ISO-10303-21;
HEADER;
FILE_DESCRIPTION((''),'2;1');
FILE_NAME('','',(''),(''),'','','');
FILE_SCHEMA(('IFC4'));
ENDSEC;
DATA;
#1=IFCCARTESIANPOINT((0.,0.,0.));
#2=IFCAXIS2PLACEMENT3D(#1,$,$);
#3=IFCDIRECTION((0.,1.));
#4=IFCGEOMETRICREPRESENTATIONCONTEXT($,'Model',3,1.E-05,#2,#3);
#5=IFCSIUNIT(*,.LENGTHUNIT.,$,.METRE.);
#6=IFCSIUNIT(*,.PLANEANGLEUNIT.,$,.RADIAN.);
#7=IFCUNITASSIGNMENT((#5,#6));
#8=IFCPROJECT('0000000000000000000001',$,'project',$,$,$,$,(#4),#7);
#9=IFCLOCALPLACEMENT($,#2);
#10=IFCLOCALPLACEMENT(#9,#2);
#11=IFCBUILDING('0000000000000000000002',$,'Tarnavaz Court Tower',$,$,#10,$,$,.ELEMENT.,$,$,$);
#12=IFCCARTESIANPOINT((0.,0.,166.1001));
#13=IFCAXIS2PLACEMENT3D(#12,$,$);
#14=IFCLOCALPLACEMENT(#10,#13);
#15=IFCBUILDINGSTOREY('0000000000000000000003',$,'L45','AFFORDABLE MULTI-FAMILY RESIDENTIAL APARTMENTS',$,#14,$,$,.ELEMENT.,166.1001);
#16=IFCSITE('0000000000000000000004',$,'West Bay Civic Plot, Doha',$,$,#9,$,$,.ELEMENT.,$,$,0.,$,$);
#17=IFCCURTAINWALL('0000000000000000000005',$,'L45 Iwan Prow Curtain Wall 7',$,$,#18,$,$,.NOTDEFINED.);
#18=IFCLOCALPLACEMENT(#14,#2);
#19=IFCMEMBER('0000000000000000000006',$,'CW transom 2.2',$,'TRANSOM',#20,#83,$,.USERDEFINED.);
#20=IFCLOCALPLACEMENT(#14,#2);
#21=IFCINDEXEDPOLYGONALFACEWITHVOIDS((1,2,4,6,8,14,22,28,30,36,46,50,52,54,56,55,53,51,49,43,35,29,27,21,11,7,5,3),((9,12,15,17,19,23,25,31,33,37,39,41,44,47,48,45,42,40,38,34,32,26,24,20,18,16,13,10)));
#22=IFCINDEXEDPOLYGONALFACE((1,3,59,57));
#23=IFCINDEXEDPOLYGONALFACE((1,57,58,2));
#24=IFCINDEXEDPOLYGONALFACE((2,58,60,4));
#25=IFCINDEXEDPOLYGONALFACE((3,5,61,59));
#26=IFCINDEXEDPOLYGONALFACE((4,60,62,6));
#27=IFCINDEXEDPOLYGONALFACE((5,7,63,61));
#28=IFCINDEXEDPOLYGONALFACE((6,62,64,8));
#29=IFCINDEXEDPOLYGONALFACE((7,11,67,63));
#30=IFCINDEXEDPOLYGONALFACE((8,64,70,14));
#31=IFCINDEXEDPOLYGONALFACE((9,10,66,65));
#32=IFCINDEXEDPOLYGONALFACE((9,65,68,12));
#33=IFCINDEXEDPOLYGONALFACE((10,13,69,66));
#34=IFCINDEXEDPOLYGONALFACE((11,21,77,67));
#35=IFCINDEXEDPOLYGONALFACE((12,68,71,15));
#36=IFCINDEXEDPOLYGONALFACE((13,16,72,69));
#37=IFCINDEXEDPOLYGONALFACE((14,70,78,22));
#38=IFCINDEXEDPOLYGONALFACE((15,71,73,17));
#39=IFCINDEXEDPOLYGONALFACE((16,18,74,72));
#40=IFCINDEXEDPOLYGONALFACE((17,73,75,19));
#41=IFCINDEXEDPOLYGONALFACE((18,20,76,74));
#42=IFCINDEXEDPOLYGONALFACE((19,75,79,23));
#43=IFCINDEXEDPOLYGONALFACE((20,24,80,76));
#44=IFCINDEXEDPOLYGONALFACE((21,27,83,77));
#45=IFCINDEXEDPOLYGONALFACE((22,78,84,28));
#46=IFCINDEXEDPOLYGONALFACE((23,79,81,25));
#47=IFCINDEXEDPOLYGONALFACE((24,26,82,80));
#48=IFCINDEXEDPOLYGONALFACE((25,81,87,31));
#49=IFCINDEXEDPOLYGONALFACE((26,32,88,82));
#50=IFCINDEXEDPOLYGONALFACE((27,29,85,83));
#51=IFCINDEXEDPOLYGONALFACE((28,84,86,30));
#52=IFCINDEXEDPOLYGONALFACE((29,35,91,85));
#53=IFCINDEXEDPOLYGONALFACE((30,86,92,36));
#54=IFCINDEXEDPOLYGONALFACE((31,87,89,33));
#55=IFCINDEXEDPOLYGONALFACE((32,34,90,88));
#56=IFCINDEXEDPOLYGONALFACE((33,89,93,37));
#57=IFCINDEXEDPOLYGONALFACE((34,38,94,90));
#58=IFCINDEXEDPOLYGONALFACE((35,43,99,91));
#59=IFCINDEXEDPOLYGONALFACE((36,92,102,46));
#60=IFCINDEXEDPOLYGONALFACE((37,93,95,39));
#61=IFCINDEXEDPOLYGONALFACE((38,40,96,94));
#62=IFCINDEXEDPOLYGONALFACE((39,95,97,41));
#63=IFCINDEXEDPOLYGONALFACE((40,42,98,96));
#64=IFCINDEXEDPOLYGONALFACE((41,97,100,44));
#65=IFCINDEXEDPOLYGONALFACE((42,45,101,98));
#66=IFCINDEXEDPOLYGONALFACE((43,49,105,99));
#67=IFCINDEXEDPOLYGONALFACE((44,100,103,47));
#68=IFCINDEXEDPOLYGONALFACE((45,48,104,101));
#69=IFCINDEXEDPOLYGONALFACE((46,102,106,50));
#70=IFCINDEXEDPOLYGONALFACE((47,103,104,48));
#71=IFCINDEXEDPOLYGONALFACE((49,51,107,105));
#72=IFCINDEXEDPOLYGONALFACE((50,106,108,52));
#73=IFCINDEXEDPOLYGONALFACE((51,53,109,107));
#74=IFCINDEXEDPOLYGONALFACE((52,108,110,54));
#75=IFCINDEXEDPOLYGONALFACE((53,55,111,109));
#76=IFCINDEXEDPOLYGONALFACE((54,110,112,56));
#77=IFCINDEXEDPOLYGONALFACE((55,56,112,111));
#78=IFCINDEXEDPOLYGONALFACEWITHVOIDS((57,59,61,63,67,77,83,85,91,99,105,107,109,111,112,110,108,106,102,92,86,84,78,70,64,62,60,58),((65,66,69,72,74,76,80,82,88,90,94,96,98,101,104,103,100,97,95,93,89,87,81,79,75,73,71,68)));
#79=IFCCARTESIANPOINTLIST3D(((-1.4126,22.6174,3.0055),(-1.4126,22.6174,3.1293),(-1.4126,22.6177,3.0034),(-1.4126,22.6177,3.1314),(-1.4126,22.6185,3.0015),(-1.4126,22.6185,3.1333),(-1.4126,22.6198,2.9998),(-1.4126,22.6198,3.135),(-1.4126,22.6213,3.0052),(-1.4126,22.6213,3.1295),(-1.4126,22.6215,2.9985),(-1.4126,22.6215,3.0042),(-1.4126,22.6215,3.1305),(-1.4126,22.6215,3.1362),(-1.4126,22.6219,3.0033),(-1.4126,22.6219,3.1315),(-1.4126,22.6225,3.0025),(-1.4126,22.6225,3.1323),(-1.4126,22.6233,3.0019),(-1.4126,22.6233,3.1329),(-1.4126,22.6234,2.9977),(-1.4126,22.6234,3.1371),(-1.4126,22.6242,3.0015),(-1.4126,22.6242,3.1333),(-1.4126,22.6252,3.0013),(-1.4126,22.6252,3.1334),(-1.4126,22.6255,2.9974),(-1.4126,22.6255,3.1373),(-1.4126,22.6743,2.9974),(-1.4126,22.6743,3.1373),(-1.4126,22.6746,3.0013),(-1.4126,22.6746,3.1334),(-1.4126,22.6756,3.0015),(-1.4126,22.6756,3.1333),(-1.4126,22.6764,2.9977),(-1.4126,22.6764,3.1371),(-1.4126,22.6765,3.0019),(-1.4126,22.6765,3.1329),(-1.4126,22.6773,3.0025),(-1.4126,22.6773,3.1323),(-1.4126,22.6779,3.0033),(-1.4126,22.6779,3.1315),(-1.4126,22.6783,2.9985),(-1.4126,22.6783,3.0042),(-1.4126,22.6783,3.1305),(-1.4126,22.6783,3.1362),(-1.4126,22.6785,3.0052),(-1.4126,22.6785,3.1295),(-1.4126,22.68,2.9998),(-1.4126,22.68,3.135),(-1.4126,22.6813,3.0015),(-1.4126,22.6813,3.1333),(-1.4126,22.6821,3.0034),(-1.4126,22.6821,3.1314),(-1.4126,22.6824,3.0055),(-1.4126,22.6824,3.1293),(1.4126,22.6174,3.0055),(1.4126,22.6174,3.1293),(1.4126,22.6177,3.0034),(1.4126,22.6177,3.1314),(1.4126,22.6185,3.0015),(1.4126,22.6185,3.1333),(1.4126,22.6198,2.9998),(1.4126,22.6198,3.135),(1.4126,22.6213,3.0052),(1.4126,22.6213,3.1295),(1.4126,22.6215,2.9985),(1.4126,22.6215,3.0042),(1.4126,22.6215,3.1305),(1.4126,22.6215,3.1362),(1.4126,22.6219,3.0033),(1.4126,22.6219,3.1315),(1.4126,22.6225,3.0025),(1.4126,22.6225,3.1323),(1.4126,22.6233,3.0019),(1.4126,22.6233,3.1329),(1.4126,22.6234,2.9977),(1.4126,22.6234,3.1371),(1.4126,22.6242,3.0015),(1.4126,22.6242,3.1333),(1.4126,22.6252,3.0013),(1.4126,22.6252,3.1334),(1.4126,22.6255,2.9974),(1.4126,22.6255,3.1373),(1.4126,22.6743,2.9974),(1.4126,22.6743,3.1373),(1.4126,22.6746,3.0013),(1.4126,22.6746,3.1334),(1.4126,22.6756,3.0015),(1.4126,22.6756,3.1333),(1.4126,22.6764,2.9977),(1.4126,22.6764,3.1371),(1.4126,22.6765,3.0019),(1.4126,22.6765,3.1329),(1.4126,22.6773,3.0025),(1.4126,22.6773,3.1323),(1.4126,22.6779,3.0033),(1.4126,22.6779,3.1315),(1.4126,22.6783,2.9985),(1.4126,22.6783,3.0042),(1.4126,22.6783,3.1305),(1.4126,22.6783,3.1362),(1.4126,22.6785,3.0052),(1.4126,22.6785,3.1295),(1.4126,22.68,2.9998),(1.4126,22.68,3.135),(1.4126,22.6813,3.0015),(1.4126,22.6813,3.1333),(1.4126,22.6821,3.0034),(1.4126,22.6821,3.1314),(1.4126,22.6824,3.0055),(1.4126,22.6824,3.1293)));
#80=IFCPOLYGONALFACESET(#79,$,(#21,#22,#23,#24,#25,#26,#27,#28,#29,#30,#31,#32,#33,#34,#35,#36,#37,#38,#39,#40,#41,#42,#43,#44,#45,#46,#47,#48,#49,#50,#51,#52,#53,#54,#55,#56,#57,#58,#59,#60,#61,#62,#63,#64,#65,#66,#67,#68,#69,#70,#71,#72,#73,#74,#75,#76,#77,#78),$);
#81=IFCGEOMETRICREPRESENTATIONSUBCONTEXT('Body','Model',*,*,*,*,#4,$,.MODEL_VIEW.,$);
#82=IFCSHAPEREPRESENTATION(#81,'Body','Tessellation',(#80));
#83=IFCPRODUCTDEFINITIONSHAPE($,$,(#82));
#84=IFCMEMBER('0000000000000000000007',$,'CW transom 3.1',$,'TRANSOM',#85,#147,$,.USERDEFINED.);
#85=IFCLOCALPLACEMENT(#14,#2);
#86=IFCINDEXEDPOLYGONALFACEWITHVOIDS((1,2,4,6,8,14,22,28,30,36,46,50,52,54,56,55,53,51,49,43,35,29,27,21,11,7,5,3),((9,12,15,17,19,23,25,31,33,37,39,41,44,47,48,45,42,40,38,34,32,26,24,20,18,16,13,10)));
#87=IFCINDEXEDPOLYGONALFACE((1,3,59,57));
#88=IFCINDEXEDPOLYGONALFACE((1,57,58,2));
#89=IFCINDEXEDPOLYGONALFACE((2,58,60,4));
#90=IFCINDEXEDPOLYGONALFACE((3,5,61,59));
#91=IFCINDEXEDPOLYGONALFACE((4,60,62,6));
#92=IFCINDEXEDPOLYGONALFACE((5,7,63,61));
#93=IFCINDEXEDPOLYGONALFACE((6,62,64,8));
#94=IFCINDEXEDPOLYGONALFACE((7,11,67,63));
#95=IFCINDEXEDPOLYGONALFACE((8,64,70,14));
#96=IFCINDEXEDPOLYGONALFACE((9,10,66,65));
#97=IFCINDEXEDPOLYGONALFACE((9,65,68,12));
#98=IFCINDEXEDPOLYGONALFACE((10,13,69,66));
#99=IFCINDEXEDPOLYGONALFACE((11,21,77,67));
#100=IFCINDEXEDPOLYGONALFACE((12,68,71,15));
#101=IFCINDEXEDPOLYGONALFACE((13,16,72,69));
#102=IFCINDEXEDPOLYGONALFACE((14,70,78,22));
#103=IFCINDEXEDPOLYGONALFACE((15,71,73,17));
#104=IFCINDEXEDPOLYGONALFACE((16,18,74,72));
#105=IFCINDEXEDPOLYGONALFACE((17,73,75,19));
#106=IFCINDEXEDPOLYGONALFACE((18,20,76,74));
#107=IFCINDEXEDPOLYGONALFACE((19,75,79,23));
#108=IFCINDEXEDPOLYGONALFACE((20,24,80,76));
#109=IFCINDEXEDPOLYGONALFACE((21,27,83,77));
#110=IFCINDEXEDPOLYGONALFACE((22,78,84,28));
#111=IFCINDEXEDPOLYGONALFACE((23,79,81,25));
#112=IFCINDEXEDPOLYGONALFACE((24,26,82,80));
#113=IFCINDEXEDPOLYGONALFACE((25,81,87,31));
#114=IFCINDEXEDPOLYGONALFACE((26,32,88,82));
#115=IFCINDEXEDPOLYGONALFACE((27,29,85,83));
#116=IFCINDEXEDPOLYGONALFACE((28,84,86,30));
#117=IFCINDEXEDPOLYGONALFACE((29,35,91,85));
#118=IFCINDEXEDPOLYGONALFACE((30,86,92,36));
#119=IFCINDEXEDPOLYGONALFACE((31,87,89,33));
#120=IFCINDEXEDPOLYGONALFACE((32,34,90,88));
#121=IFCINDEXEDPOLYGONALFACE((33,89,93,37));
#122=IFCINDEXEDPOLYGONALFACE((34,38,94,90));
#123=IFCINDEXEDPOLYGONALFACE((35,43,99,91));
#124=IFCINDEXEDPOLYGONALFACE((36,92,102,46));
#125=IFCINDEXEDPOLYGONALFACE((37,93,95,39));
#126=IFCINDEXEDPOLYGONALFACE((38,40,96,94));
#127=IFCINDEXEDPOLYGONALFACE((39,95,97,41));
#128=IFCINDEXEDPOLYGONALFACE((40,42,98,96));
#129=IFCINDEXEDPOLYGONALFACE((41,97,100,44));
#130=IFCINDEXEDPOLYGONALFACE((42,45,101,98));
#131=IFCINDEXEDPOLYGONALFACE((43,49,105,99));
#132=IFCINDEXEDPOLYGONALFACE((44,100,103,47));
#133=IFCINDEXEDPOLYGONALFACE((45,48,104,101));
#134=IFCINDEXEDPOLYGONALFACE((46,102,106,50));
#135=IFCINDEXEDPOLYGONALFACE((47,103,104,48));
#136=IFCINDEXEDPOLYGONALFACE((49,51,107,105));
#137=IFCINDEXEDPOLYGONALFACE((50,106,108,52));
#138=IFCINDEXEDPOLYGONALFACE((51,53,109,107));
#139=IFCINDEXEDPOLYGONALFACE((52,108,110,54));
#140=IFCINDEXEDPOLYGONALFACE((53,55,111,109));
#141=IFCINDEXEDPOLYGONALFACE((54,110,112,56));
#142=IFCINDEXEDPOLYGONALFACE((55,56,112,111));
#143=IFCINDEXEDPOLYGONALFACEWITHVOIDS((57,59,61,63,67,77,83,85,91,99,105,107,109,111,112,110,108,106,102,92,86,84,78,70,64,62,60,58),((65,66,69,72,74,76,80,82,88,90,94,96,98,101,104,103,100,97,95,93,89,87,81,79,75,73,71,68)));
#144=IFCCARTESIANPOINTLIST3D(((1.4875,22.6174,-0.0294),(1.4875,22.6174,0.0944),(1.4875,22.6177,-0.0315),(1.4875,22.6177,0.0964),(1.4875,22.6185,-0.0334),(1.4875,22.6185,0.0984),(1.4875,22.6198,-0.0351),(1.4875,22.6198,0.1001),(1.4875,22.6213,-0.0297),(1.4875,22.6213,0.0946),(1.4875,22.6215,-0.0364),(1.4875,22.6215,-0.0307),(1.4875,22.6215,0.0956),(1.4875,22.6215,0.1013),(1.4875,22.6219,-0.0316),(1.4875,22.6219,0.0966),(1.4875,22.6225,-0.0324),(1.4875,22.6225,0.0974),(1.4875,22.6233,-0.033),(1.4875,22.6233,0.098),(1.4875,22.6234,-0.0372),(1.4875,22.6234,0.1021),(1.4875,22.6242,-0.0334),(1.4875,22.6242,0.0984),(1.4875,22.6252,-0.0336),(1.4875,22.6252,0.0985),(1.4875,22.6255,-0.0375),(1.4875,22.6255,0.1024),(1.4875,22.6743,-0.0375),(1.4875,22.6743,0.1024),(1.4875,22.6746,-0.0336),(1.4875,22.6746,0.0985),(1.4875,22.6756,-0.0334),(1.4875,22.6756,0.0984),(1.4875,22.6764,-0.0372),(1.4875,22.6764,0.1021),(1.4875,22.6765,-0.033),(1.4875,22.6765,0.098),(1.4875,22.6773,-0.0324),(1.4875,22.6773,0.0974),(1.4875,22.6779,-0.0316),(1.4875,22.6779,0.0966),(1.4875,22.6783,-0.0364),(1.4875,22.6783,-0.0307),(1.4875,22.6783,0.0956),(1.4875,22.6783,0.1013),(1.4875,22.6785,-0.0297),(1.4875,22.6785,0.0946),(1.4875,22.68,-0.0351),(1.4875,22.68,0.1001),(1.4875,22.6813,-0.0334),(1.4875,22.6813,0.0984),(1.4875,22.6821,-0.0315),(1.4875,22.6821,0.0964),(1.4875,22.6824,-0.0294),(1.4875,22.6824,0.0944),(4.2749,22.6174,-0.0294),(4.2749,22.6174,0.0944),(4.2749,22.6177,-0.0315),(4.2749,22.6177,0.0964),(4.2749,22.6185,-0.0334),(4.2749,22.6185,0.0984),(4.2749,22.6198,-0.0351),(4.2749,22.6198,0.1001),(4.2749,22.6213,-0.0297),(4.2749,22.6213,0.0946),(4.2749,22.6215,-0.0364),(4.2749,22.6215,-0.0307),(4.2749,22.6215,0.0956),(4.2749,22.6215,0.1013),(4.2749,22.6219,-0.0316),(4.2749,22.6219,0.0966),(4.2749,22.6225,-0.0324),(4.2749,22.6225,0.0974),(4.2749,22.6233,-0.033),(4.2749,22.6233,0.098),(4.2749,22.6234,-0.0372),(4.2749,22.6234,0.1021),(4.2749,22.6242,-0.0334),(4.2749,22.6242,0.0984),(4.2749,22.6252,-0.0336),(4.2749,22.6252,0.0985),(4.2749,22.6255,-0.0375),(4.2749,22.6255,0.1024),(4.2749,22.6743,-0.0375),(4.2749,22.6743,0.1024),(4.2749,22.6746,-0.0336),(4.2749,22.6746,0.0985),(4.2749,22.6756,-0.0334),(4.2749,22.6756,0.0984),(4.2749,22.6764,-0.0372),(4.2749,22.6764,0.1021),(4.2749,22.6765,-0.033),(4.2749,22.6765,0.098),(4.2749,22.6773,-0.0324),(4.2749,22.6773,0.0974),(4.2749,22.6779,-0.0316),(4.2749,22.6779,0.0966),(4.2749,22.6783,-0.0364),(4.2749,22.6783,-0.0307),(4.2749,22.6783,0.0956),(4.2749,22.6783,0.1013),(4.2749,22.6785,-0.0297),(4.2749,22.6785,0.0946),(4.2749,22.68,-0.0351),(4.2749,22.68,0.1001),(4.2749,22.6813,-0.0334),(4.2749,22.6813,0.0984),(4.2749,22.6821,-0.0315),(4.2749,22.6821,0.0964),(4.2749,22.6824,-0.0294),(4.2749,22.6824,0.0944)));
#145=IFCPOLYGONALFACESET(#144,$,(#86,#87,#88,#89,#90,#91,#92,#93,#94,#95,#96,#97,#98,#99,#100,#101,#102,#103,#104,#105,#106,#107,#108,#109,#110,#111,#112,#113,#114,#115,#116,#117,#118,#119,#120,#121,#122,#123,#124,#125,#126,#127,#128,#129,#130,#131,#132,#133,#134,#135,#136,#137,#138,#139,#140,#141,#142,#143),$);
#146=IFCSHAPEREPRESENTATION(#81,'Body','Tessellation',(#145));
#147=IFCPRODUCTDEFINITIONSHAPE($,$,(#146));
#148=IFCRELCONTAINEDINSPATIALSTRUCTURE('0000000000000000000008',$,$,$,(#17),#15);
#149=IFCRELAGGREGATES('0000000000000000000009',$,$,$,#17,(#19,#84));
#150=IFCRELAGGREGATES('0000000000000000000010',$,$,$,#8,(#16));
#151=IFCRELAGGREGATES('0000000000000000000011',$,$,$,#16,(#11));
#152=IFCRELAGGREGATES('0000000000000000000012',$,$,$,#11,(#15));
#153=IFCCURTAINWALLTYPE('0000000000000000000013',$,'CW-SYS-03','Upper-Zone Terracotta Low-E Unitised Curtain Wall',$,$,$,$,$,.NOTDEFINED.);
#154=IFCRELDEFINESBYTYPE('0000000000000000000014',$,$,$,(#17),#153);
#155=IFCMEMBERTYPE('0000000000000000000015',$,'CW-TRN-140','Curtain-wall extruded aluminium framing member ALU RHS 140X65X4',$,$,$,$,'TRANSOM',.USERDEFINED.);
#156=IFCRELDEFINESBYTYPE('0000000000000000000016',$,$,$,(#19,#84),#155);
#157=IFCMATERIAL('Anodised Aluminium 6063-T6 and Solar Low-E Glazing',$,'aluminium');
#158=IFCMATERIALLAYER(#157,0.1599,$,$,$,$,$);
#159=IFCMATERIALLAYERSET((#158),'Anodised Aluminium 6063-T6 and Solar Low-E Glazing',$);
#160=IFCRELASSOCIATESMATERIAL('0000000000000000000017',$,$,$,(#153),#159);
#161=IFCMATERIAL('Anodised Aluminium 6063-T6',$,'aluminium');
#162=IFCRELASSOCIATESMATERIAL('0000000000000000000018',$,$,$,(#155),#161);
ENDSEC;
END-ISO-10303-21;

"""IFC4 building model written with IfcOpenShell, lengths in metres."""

from ifc_helpers import new_model, si_unit, direction, frame, origin, origin_2d, place, context, subcontext, project, spatial, hollow_rectangle, extrude, material, layer, layer_set, material_profile, profile_set, type_object, element, aggregate, save


model = new_model("IFC4")

# Units and contexts
model_context = context("Model", 3, precision=1e-05, world=origin(), true_north=direction((0.0, 1.0)))
body_context = subcontext(model_context, "Body", "Model", "MODEL_VIEW")
ifc_project = project(units=[si_unit("LENGTHUNIT", "METRE"), si_unit("PLANEANGLEUNIT", "RADIAN")], contexts=[model_context])

# Site, building, storey
site_placement = place(None, origin())
site = spatial("IfcSite", under=ifc_project, at=site_placement, Name="West Bay Civic Plot, Doha", CompositionType="ELEMENT", RefElevation=0.0)
building_placement = place(site_placement, origin())
building = spatial("IfcBuilding", under=site, at=building_placement, Name="Tarnavaz Court Tower", CompositionType="ELEMENT")
storey_placement = place(building_placement, frame((0.0, 0.0, 166.1001)))
storey = spatial("IfcBuildingStorey", under=building, at=storey_placement, Name="L45", Description="AFFORDABLE MULTI-FAMILY RESIDENTIAL APARTMENTS", CompositionType="ELEMENT", Elevation=166.1001)

# Curtain wall, members
ifc_material_1 = material(Name="Anodised Aluminium 6063-T6 and Solar Low-E Glazing", Category="aluminium")
ifc_layer_1 = layer(ifc_material_1, 0.1599)
ifc_layer_set_1 = layer_set([ifc_layer_1], Name="Anodised Aluminium 6063-T6 and Solar Low-E Glazing")
curtain_wall_type = type_object("IfcCurtainWallType", Name="CW-SYS-03", Description="Upper-Zone Terracotta Low-E Unitised Curtain Wall", PredefinedType="NOTDEFINED", material=ifc_layer_set_1)
curtain_wall_placement = place(storey_placement, origin())
curtain_wall = element("IfcCurtainWall", 1, at=curtain_wall_placement, inside=storey, type_object=curtain_wall_type, Name="L45 Iwan Prow Curtain Wall 7", PredefinedType="NOTDEFINED")
ifc_material_2 = material(Name="Anodised Aluminium 6063-T6", Category="aluminium")
ifc_material_profile_1 = material_profile(ifc_material_2, hollow_rectangle(XDim=0.0649, YDim=0.1399, WallThickness=0.0039, InnerFilletRadius=0.0039, OuterFilletRadius=0.0081, at=origin_2d()), Name="ALU RHS 140X65X4")
ifc_profile_set_1 = profile_set([ifc_material_profile_1], Name="Anodised Aluminium 6063-T6")
member_type_1 = type_object("IfcMemberType", Name="CW-TRN-140", Description="Curtain-wall extruded aluminium framing member ALU RHS 140X65X4", ElementType="TRANSOM", PredefinedType="USERDEFINED", material=ifc_profile_set_1)
member_1_placement = place(storey_placement, frame((-1.4126, 22.6499, 3.0674), z_axis=(1.0, 0.0, 0.0), x_axis=(0.0, 1.0, 0.0)))
member_1 = element("IfcMember", 2, at=member_1_placement, type_object=member_type_1, Name="CW transom 2.2", ObjectType="TRANSOM", PredefinedType="USERDEFINED", context=body_context, shape_type="SweptSolid", body=[
    extrude(hollow_rectangle(XDim=0.0649, YDim=0.1399, WallThickness=0.0039, InnerFilletRadius=0.0039, OuterFilletRadius=0.0081, at=origin_2d()), origin(), (0.0, 0.0, 1.0), 2.8252),
])
member_2_placement = place(storey_placement, frame((1.4875, 22.6499, 0.0325), z_axis=(1.0, 0.0, 0.0), x_axis=(0.0, 1.0, 0.0)))
member_2 = element("IfcMember", 3, at=member_2_placement, type_object=member_type_1, Name="CW transom 3.1", ObjectType="TRANSOM", PredefinedType="USERDEFINED", context=body_context, shape_type="SweptSolid", body=[
    extrude(hollow_rectangle(XDim=0.0649, YDim=0.1399, WallThickness=0.0039, InnerFilletRadius=0.0039, OuterFilletRadius=0.0081, at=origin_2d()), origin(), (0.0, 0.0, 1.0), 2.7874),
])
aggregate(curtain_wall, [member_1, member_2])

save(model, "model.ifc")
